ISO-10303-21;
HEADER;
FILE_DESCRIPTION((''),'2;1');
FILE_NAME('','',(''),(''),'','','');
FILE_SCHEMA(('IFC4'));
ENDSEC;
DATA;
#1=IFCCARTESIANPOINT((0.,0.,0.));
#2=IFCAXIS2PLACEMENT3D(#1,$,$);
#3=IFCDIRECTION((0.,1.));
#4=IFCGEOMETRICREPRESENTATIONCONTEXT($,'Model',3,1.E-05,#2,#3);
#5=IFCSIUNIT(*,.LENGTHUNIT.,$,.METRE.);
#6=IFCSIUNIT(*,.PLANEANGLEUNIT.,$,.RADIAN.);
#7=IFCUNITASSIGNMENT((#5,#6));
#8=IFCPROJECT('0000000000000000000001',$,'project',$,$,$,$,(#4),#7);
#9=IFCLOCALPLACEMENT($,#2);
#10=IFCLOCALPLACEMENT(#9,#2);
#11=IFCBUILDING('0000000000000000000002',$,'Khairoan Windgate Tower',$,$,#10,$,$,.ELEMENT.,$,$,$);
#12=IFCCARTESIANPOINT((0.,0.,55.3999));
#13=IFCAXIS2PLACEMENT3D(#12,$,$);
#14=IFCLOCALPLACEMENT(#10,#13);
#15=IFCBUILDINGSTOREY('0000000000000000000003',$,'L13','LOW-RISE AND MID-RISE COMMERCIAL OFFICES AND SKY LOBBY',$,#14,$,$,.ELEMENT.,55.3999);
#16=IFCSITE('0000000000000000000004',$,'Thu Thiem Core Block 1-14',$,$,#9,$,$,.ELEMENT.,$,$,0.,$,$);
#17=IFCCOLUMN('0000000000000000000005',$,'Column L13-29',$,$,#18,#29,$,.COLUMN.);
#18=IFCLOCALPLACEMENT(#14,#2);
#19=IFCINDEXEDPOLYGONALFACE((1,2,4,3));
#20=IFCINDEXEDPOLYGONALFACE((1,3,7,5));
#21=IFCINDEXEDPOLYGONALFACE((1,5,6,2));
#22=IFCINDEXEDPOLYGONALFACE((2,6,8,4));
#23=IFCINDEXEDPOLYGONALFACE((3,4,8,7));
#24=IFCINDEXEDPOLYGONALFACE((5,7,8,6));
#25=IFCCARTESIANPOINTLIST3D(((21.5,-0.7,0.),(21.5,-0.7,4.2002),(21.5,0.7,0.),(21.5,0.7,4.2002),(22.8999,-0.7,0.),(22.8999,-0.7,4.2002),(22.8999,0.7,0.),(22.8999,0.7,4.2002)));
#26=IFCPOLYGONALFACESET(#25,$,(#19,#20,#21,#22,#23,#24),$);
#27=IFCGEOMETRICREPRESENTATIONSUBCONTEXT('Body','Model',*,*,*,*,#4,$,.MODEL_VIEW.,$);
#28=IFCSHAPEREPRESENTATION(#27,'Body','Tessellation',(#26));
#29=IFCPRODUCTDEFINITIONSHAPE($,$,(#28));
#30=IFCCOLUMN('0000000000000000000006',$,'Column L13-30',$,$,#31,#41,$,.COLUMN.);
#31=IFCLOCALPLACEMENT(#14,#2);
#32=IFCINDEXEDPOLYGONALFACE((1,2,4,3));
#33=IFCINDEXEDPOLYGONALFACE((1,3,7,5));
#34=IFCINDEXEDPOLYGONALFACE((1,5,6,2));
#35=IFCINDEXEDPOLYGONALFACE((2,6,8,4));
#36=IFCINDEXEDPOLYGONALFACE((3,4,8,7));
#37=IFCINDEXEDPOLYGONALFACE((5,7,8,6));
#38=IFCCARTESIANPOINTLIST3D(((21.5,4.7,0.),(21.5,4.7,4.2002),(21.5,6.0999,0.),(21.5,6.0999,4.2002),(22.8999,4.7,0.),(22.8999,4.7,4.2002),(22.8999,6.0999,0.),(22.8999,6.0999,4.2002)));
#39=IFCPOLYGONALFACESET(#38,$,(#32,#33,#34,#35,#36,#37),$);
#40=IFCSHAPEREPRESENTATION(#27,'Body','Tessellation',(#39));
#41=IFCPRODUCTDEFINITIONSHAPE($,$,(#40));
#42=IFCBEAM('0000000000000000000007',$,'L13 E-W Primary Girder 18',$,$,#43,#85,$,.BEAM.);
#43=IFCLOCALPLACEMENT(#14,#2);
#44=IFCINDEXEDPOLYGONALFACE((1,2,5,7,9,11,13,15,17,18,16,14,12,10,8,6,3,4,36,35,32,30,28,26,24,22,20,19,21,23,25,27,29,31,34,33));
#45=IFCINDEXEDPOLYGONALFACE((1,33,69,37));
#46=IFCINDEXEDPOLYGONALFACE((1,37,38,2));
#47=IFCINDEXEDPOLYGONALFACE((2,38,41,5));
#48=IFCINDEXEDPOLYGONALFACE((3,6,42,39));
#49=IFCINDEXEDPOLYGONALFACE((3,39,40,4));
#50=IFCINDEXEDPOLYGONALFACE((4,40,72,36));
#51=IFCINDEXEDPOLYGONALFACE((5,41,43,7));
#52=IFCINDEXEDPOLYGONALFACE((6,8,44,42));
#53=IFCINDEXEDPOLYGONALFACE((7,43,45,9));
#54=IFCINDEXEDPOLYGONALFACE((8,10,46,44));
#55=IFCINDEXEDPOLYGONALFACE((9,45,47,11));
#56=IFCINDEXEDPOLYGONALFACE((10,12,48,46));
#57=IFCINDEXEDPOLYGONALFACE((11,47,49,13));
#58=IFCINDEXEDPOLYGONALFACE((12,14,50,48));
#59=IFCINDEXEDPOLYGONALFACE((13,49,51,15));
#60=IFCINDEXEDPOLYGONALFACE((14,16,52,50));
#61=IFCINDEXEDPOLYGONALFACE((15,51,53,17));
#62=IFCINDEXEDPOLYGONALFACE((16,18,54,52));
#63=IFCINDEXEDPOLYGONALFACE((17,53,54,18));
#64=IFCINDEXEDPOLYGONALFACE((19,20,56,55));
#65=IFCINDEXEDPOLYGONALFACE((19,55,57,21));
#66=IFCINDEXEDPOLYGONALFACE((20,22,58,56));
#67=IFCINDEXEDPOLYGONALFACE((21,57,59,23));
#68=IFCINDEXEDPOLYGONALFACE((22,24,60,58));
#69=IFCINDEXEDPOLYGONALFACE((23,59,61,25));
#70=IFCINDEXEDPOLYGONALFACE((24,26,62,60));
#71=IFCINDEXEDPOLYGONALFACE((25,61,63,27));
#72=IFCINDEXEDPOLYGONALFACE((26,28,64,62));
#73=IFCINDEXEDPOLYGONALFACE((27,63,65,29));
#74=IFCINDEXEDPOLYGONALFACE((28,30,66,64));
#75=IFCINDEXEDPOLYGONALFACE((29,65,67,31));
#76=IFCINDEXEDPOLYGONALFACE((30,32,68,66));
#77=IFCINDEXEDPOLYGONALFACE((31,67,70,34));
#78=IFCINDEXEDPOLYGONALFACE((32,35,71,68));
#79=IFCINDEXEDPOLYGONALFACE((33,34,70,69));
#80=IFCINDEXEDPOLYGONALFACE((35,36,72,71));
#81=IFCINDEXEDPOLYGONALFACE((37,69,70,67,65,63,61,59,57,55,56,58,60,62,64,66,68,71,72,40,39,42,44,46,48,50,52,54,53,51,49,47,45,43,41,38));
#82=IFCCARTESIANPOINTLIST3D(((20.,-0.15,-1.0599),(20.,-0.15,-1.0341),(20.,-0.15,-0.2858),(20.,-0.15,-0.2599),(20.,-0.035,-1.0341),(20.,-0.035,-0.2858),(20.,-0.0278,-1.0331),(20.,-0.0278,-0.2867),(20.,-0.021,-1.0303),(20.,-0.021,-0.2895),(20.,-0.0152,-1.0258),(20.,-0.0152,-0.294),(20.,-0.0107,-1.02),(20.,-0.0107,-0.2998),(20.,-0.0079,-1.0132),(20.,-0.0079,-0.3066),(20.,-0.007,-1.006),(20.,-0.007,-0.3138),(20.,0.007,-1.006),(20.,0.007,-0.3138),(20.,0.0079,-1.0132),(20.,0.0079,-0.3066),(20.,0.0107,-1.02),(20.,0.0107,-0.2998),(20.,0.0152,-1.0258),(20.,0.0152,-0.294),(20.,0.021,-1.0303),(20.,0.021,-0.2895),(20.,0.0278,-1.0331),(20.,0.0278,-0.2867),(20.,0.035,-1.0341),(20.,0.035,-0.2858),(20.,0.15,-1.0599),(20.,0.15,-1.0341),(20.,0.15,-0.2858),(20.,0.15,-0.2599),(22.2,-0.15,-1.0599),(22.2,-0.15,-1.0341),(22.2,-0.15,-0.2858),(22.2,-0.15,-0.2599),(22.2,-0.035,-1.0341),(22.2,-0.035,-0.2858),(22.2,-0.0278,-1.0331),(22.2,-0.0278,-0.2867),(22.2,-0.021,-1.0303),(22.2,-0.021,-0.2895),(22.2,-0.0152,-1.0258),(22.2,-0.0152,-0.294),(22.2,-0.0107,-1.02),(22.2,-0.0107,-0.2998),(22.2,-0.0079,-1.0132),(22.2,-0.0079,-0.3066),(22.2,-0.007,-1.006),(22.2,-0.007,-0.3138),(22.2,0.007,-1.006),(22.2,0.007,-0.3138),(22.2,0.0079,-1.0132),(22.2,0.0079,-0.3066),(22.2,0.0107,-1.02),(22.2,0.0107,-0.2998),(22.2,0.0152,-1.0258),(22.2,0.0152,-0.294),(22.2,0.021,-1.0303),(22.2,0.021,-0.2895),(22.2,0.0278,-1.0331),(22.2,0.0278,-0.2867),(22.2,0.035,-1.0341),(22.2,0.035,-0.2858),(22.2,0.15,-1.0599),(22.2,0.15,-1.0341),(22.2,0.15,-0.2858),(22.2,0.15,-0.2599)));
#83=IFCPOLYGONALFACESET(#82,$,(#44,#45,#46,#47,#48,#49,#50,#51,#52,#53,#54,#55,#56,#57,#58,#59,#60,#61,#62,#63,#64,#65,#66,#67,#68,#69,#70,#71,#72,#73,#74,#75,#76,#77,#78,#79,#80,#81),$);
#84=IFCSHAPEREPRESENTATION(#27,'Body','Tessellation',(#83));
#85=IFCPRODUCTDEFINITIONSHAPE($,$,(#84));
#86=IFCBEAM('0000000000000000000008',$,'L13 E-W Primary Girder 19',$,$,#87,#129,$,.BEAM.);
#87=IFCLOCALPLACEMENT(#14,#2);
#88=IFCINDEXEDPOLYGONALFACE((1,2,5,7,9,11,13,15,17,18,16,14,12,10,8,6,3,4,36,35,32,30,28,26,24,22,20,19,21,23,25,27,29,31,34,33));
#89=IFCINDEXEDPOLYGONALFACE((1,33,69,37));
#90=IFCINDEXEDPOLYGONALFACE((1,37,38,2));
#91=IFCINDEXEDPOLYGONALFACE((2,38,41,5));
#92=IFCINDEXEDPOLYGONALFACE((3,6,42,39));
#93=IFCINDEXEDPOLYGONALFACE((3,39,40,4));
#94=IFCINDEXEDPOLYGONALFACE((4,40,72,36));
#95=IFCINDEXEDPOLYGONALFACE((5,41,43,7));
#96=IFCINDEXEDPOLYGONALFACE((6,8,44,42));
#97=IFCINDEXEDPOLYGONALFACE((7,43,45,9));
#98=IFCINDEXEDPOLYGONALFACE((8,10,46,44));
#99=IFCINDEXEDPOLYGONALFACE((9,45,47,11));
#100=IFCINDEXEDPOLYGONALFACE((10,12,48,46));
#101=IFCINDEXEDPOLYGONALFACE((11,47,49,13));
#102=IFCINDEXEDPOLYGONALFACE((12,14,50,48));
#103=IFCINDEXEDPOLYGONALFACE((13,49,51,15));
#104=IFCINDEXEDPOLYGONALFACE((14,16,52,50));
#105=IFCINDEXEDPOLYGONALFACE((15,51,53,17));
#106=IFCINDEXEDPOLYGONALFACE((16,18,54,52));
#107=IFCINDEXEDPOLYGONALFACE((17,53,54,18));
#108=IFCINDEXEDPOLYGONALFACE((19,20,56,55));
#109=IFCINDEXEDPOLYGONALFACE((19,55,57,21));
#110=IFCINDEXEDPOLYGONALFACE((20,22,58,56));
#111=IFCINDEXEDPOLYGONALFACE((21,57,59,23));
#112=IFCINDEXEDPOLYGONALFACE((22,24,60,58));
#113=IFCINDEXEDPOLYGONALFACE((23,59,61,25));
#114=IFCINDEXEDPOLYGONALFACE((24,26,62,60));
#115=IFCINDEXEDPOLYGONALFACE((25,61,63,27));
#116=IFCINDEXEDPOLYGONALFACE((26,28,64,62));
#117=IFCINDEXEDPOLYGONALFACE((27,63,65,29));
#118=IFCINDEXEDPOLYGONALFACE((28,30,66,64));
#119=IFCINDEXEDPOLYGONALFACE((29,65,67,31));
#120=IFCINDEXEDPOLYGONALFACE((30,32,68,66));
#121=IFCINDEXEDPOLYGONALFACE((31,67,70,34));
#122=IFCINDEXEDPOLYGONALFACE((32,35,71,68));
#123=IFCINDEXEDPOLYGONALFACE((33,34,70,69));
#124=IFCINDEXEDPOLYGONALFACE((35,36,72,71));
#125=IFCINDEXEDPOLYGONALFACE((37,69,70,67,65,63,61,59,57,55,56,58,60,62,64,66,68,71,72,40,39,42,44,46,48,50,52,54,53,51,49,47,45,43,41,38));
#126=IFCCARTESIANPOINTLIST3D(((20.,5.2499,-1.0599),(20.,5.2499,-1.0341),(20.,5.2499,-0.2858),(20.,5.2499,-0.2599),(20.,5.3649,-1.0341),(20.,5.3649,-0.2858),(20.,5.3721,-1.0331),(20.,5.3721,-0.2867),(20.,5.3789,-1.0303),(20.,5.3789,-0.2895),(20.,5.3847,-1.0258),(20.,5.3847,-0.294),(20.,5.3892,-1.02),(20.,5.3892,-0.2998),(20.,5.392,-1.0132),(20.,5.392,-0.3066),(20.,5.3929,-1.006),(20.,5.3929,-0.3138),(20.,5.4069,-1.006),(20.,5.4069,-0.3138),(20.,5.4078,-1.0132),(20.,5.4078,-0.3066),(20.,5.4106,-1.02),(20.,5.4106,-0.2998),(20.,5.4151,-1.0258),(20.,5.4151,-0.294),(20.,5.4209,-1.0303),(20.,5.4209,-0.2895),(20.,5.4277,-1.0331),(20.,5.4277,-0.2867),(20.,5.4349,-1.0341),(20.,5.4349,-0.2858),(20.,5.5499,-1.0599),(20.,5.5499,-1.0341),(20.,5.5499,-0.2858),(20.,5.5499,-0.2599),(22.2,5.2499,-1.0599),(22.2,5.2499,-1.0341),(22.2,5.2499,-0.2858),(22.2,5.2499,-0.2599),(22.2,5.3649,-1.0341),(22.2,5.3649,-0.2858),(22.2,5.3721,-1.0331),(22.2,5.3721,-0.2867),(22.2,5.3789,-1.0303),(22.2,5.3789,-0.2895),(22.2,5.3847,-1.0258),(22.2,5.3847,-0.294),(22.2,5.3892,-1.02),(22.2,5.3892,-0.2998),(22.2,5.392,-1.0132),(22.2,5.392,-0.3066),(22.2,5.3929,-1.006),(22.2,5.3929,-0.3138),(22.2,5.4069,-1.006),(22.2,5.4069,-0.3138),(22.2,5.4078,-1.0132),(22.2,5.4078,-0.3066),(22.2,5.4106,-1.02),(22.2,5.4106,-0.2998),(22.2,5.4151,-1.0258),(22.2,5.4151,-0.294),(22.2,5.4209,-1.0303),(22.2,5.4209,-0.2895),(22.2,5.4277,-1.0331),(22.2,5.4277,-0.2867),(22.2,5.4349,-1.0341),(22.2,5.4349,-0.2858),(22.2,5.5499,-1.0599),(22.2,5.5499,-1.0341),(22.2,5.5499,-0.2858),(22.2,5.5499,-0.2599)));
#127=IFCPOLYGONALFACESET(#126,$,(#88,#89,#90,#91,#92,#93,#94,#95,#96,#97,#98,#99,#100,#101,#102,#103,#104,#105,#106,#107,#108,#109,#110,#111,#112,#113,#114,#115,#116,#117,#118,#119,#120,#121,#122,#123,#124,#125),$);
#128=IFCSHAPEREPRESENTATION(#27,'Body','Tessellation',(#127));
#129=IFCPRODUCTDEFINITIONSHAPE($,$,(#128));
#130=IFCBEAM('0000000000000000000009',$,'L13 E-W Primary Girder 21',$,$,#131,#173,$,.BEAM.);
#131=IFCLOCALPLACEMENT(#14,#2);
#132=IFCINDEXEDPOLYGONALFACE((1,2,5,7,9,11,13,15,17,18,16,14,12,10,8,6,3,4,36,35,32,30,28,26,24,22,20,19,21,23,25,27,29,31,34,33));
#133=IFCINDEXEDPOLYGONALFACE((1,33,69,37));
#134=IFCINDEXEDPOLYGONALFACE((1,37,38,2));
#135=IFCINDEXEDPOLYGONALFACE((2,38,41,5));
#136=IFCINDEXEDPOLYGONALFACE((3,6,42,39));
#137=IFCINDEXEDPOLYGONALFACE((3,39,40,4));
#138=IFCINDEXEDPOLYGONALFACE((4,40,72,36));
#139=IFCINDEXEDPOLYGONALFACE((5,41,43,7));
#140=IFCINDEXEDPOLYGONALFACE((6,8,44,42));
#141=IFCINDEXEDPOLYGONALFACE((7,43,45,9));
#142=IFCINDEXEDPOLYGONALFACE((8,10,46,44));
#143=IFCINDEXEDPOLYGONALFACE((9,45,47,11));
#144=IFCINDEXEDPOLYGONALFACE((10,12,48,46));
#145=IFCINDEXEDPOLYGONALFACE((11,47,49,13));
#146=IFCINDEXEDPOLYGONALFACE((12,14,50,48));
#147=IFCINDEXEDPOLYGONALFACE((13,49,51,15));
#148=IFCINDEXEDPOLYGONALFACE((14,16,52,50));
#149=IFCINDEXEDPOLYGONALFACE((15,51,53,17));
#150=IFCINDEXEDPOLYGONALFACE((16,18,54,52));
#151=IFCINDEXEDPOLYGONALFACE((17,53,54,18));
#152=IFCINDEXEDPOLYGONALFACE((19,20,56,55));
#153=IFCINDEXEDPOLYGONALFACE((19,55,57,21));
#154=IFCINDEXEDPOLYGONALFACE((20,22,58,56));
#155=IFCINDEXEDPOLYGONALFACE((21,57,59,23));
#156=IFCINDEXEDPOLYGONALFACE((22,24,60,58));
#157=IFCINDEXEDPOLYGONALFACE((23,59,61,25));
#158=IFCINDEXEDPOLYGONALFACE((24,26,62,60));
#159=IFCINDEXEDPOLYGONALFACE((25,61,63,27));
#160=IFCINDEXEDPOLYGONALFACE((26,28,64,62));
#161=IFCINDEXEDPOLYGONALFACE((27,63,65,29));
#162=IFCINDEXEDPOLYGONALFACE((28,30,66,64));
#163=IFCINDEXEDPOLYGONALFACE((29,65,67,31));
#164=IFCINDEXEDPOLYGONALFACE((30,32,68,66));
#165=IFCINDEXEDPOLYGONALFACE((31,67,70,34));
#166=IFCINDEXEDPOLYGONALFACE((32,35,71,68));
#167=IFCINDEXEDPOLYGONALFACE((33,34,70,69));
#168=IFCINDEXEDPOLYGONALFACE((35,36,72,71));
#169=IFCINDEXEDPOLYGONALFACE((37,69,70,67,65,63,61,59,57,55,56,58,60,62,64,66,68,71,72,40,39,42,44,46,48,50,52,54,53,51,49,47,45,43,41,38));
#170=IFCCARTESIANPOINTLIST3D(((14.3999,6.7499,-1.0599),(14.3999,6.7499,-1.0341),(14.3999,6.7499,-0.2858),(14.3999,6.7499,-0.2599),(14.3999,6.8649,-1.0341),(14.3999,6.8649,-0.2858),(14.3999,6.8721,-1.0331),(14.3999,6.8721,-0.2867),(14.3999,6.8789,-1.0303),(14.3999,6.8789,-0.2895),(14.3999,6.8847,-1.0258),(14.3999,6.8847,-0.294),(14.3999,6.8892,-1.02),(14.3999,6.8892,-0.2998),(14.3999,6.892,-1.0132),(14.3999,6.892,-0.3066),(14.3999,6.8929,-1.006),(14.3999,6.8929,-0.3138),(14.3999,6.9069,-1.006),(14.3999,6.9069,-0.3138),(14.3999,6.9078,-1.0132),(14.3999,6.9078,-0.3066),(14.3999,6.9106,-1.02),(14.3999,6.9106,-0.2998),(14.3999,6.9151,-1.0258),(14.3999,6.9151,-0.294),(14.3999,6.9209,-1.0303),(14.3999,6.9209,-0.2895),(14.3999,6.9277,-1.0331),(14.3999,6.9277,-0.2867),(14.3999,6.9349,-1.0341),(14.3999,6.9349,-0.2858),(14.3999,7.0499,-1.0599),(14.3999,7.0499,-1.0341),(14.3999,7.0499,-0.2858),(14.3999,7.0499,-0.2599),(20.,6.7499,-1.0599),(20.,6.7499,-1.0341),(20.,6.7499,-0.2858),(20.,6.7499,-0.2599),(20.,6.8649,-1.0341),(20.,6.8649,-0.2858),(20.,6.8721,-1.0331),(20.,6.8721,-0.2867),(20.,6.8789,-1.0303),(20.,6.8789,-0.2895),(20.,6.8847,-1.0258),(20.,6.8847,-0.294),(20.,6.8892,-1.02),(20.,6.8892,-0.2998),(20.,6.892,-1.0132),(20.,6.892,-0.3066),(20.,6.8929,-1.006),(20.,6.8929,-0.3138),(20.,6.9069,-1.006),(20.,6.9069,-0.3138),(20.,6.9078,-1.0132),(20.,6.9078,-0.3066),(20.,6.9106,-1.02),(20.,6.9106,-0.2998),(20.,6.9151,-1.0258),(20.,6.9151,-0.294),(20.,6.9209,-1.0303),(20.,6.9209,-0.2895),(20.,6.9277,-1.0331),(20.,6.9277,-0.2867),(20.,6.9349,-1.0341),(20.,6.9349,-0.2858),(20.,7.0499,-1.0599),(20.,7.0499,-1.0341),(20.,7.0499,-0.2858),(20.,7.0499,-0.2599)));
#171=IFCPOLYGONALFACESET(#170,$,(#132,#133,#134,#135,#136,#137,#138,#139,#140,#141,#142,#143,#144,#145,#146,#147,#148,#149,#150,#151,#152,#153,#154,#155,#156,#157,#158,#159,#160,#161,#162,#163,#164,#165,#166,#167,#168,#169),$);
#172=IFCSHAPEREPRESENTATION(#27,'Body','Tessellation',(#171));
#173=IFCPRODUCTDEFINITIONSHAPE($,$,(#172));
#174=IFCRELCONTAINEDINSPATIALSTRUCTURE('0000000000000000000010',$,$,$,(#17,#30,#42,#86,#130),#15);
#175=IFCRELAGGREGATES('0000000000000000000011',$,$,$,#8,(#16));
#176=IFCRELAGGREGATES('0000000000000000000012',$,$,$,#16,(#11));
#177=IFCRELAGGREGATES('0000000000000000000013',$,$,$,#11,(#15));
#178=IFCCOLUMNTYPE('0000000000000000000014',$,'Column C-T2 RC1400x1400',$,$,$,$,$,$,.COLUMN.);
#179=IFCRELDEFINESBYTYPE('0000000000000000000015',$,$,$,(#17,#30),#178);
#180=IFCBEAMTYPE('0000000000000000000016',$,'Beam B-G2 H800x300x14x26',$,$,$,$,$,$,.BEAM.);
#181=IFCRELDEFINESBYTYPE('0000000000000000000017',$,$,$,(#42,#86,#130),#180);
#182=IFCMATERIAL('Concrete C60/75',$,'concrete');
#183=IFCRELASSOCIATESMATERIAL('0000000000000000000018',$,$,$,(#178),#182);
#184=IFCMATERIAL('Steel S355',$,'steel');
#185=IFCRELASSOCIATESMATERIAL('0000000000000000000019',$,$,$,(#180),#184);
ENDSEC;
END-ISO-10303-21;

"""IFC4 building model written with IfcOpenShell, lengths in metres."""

from ifc_helpers import new_model, si_unit, direction, frame, origin, origin_2d, place, context, subcontext, project, spatial, rectangle, i_section, extrude, material, material_profile, profile_set, type_object, element, save


model = new_model("IFC4")

# Units and contexts
model_context = context("Model", 3, precision=1e-05, world=origin(), true_north=direction((0.0, 1.0)))
body_context = subcontext(model_context, "Body", "Model", "MODEL_VIEW")
ifc_project = project(units=[si_unit("LENGTHUNIT", "METRE"), si_unit("PLANEANGLEUNIT", "RADIAN")], contexts=[model_context])

# Site, building, storey
site_placement = place(None, origin())
site = spatial("IfcSite", under=ifc_project, at=site_placement, Name="Thu Thiem Core Block 1-14", CompositionType="ELEMENT", RefElevation=0.0)
building_placement = place(site_placement, origin())
building = spatial("IfcBuilding", under=site, at=building_placement, Name="Khairoan Windgate Tower", CompositionType="ELEMENT")
storey_placement = place(building_placement, frame((0.0, 0.0, 55.3999)))
storey = spatial("IfcBuildingStorey", under=building, at=storey_placement, Name="L13", Description="LOW-RISE AND MID-RISE COMMERCIAL OFFICES AND SKY LOBBY", CompositionType="ELEMENT", Elevation=55.3999)

# Columns
ifc_material_1 = material(Name="Concrete C60/75", Category="concrete")
ifc_material_profile_1 = material_profile(ifc_material_1, rectangle(XDim=1.3999, YDim=1.3999, at=origin_2d()))
ifc_profile_set_1 = profile_set([ifc_material_profile_1], Name="Concrete C60/75")
column_type = type_object("IfcColumnType", Name="Column C-T2 RC1400x1400", PredefinedType="COLUMN", material=ifc_profile_set_1)
for number, where, z_axis, x_axis, name in (
    (1, (22.2, 0.0, 0.0), (0.0, 0.0, 1.0), (1.0, 0.0, 0.0), "Column L13-29"),
    (2, (22.2, 5.3999, 0.0), (0.0, 0.0, 1.0), (1.0, 0.0, 0.0), "Column L13-30"),
):
    element("IfcColumn", number, at=place(storey_placement, frame(where, z_axis=z_axis, x_axis=x_axis)), inside=storey, type_object=column_type, Name=name, PredefinedType="COLUMN", context=body_context, shape_type="SweptSolid", body=[
        extrude(rectangle(XDim=1.3999, YDim=1.3999, at=origin_2d()), origin(), (0.0, 0.0, 1.0), 4.2002),
    ])

# Beams
ifc_material_2 = material(Name="Steel S355", Category="steel")
ifc_material_profile_2 = material_profile(ifc_material_2, i_section(OverallWidth=0.3, OverallDepth=0.8, WebThickness=0.0139, FlangeThickness=0.0259, FilletRadius=0.0281, at=origin_2d()))
ifc_profile_set_2 = profile_set([ifc_material_profile_2], Name="Steel S355")
beam_type_1 = type_object("IfcBeamType", Name="Beam B-G2 H800x300x14x26", PredefinedType="BEAM", material=ifc_profile_set_2)
for number, where, z_axis, x_axis, name in (
    (3, (20.0, 0.0, -0.6599), (1.0, 0.0, 0.0), (0.0, 1.0, 0.0), "L13 E-W Primary Girder 18"),
    (4, (20.0, 5.3999, -0.6599), (1.0, 0.0, 0.0), (0.0, 1.0, 0.0), "L13 E-W Primary Girder 19"),
):
    element("IfcBeam", number, at=place(storey_placement, frame(where, z_axis=z_axis, x_axis=x_axis)), inside=storey, type_object=beam_type_1, Name=name, PredefinedType="BEAM", context=body_context, shape_type="SweptSolid", body=[
        extrude(i_section(OverallWidth=0.3, OverallDepth=0.8, WebThickness=0.0139, FlangeThickness=0.0259, FilletRadius=0.0281, at=origin_2d()), origin(), (0.0, 0.0, 1.0), 2.2),
    ])
beam_1_placement = place(storey_placement, frame((14.3999, 6.8999, -0.6599), z_axis=(1.0, 0.0, 0.0), x_axis=(0.0, 1.0, 0.0)))
element("IfcBeam", 5, at=beam_1_placement, inside=storey, type_object=beam_type_1, Name="L13 E-W Primary Girder 21", PredefinedType="BEAM", context=body_context, shape_type="SweptSolid", body=[
    extrude(i_section(OverallWidth=0.3, OverallDepth=0.8, WebThickness=0.0139, FlangeThickness=0.0259, FilletRadius=0.0281, at=origin_2d()), origin(), (0.0, 0.0, 1.0), 5.6001),
])

save(model, "model.ifc")
